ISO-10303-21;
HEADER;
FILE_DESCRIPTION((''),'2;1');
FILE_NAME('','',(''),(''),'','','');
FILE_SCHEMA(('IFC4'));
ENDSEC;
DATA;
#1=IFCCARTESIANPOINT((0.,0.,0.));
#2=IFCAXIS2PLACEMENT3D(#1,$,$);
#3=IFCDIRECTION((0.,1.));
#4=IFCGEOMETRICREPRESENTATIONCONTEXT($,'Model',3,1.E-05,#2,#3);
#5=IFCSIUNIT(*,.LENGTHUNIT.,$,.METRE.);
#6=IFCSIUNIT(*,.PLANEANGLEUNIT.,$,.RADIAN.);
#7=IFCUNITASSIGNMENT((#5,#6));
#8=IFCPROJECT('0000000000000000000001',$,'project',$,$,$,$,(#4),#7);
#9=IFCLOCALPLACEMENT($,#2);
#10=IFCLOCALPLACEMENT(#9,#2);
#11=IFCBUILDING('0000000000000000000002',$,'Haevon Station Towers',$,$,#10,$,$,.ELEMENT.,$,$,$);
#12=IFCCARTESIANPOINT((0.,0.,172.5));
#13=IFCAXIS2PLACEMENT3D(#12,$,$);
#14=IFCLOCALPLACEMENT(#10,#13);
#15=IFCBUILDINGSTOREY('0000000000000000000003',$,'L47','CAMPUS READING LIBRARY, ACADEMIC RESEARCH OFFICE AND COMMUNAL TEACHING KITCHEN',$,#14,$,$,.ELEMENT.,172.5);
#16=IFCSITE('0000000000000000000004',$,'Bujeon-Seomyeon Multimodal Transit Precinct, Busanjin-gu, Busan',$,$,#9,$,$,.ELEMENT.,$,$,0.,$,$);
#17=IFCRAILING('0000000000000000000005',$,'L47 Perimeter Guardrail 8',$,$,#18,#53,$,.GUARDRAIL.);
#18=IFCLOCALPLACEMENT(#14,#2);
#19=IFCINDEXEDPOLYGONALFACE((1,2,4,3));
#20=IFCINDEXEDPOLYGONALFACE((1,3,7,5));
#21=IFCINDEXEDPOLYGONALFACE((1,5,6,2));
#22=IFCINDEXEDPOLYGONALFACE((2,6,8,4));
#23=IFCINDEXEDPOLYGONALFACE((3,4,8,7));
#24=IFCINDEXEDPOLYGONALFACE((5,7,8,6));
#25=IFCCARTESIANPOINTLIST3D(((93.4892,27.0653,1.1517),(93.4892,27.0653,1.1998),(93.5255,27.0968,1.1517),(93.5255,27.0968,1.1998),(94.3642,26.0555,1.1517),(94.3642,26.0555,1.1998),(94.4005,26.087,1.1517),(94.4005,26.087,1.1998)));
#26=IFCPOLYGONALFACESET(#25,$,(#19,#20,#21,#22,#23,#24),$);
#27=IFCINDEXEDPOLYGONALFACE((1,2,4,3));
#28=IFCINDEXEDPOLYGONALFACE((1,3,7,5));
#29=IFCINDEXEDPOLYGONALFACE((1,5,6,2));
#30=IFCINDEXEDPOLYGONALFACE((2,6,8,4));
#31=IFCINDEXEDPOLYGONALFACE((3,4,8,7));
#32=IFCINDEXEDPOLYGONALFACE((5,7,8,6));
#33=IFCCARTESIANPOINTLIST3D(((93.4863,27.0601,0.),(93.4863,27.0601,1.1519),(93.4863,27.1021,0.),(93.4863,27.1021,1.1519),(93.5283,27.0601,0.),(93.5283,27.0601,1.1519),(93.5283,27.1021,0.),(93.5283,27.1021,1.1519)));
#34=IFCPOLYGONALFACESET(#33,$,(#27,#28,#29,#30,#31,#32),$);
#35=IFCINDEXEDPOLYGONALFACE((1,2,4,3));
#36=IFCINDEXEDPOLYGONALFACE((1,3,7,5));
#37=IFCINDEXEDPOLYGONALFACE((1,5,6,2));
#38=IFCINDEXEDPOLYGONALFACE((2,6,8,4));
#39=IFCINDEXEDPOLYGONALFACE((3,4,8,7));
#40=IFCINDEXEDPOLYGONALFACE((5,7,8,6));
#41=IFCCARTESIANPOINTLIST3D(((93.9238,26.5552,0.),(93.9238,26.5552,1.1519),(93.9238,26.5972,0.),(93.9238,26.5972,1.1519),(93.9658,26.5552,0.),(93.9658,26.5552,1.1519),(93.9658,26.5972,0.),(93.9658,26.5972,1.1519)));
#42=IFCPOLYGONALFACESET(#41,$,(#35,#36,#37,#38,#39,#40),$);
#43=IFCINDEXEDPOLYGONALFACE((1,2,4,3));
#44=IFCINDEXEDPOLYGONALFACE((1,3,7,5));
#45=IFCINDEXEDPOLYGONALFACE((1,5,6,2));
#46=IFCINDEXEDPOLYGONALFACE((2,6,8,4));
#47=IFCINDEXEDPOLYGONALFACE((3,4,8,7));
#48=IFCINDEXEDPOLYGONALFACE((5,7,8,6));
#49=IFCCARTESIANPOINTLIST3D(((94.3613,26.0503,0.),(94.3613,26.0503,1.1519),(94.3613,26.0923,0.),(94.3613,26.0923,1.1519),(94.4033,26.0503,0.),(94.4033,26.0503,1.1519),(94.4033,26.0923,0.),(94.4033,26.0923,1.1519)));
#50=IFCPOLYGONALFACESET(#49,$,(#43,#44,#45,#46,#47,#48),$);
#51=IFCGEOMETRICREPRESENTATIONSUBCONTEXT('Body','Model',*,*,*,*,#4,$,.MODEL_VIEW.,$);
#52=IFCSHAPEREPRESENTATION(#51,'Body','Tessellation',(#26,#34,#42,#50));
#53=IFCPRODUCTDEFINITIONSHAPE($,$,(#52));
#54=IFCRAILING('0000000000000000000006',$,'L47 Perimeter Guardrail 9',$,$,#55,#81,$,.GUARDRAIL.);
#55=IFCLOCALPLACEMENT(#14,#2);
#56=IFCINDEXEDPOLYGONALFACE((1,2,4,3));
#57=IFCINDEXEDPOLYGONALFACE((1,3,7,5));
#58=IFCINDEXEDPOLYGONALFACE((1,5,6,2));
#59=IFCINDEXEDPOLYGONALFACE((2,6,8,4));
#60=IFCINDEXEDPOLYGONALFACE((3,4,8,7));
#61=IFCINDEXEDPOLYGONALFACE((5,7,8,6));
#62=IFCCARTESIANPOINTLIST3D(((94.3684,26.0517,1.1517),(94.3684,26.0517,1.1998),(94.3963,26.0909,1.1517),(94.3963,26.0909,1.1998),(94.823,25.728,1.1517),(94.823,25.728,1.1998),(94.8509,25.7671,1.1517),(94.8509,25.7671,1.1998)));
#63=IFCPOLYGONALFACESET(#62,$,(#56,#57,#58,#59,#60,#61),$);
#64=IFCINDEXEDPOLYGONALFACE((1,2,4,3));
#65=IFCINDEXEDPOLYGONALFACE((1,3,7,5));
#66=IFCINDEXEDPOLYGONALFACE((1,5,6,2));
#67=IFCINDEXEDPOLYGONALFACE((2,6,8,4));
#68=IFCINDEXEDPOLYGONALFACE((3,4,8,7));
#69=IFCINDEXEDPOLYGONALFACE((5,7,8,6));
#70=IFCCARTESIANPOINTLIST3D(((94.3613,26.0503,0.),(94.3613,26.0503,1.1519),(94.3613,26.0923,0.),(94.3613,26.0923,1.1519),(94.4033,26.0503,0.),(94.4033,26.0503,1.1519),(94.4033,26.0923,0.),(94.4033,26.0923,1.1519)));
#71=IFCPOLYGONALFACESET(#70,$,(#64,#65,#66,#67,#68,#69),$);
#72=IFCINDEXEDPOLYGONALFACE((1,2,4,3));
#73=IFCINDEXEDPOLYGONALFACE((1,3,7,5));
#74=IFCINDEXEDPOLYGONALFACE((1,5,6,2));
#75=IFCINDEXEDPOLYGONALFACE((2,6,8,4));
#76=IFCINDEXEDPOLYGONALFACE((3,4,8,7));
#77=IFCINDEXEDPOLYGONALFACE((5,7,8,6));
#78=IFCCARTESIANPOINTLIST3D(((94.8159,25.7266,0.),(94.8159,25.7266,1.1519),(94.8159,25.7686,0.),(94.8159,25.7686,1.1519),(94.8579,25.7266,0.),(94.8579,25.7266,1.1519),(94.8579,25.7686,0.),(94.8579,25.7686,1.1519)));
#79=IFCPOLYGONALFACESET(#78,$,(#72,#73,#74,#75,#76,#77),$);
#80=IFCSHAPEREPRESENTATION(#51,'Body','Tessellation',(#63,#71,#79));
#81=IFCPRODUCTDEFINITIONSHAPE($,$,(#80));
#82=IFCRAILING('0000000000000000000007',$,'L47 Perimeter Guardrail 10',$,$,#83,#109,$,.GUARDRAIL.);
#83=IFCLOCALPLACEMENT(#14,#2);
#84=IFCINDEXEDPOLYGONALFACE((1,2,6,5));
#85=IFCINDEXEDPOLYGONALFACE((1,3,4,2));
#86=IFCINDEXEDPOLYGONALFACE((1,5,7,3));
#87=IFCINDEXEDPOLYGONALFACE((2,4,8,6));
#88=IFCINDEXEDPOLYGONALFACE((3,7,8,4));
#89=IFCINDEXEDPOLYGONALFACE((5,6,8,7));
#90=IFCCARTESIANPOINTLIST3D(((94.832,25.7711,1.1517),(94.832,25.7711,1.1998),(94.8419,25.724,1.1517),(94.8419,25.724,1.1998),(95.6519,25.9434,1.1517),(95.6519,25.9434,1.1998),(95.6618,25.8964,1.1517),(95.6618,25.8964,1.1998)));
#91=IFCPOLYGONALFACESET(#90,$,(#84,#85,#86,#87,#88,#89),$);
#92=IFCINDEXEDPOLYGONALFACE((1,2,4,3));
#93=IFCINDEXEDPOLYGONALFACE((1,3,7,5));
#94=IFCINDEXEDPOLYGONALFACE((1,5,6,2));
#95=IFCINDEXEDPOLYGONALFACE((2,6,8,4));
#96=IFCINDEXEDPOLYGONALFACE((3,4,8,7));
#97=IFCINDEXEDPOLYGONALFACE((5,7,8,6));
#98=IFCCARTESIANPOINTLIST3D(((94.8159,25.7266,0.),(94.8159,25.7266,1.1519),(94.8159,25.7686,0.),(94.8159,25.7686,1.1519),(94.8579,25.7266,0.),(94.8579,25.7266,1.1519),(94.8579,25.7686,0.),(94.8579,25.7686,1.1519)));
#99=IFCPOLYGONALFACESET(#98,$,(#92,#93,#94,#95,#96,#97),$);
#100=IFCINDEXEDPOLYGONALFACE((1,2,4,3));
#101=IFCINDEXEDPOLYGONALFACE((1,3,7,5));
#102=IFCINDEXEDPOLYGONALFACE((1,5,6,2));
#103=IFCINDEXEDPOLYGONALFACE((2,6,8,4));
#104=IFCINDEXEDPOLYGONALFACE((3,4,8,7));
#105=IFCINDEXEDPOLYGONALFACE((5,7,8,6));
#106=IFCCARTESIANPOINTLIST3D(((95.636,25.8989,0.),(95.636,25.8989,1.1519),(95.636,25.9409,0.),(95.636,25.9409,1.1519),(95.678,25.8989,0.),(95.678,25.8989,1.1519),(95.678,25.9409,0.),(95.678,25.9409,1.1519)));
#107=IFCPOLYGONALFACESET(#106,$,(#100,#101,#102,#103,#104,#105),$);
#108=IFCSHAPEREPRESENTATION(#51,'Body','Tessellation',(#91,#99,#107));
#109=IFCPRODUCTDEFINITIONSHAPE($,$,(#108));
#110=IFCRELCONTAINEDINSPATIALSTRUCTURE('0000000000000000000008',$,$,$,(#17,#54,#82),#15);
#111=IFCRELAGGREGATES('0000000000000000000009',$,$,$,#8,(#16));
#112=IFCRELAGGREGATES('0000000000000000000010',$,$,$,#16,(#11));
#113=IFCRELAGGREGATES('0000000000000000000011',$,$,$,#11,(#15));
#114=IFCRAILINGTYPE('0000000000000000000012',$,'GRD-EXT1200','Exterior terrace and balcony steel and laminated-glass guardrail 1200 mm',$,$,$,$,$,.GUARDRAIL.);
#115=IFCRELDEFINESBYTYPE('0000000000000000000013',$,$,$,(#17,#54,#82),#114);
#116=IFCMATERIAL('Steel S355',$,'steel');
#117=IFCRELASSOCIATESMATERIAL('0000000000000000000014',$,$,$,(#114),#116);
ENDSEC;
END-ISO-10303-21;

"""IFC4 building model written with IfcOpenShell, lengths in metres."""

from ifc_helpers import new_model, si_unit, direction, frame, origin, origin_2d, place, context, subcontext, project, spatial, rectangle, extrude, material, type_object, element, save


model = new_model("IFC4")

# Units and contexts
model_context = context("Model", 3, precision=1e-05, world=origin(), true_north=direction((0.0, 1.0)))
body_context = subcontext(model_context, "Body", "Model", "MODEL_VIEW")
ifc_project = project(units=[si_unit("LENGTHUNIT", "METRE"), si_unit("PLANEANGLEUNIT", "RADIAN")], contexts=[model_context])

# Site, building, storey
site_placement = place(None, origin())
site = spatial("IfcSite", under=ifc_project, at=site_placement, Name="Bujeon-Seomyeon Multimodal Transit Precinct, Busanjin-gu, Busan", CompositionType="ELEMENT", RefElevation=0.0)
building_placement = place(site_placement, origin())
building = spatial("IfcBuilding", under=site, at=building_placement, Name="Haevon Station Towers", CompositionType="ELEMENT")
storey_placement = place(building_placement, frame((0.0, 0.0, 172.5)))
storey = spatial("IfcBuildingStorey", under=building, at=storey_placement, Name="L47", Description="CAMPUS READING LIBRARY, ACADEMIC RESEARCH OFFICE AND COMMUNAL TEACHING KITCHEN", CompositionType="ELEMENT", Elevation=172.5)

# Shared definitions
ifc_material_1 = material(Name="Steel S355", Category="steel")

# Railings
railing_type = type_object("IfcRailingType", Name="GRD-EXT1200", Description="Exterior terrace and balcony steel and laminated-glass guardrail 1200 mm", PredefinedType="GUARDRAIL", material=ifc_material_1)
railing_1_placement = place(storey_placement, frame((93.5073, 27.0811, 0.0)))
element("IfcRailing", 1, at=railing_1_placement, inside=storey, type_object=railing_type, Name="L47 Perimeter Guardrail 8", PredefinedType="GUARDRAIL", context=body_context, shape_type="SweptSolid", body=[
    extrude(rectangle(XDim=0.0481, YDim=0.0481, at=origin_2d()), frame((0.0, 0.0, 1.1758), z_axis=(0.654875, -0.755737, 0.0), x_axis=(0.755737, 0.654875, 0.0)), (0.0, 0.0, 1.0), 1.3362),
    extrude(rectangle(XDim=0.042, YDim=0.042, at=origin_2d()), origin(), (0.0, 0.0, 1.0), 1.1519),
    extrude(rectangle(XDim=0.042, YDim=0.042, at=origin_2d()), frame((0.4375, -0.5049, 0.0)), (0.0, 0.0, 1.0), 1.1519),
    extrude(rectangle(XDim=0.042, YDim=0.042, at=origin_2d()), frame((0.875, -1.0098, 0.0)), (0.0, 0.0, 1.0), 1.1519),
])
railing_2_placement = place(storey_placement, frame((94.3823, 26.0713, 0.0)))
element("IfcRailing", 2, at=railing_2_placement, inside=storey, type_object=railing_type, Name="L47 Perimeter Guardrail 9", PredefinedType="GUARDRAIL", context=body_context, shape_type="SweptSolid", body=[
    extrude(rectangle(XDim=0.0481, YDim=0.0481, at=origin_2d()), frame((0.0, 0.0, 1.1758), z_axis=(0.81456, -0.580079, 0.0), x_axis=(0.580079, 0.81456, 0.0)), (0.0, 0.0, 1.0), 0.5581),
    extrude(rectangle(XDim=0.042, YDim=0.042, at=origin_2d()), origin(), (0.0, 0.0, 1.0), 1.1519),
    extrude(rectangle(XDim=0.042, YDim=0.042, at=origin_2d()), frame((0.4546, -0.3237, 0.0)), (0.0, 0.0, 1.0), 1.1519),
])
railing_3_placement = place(storey_placement, frame((94.8369, 25.7476, 0.0)))
element("IfcRailing", 3, at=railing_3_placement, inside=storey, type_object=railing_type, Name="L47 Perimeter Guardrail 10", PredefinedType="GUARDRAIL", context=body_context, shape_type="SweptSolid", body=[
    extrude(rectangle(XDim=0.0481, YDim=0.0481, at=origin_2d()), frame((0.0, 0.0, 1.1758), z_axis=(0.978618, 0.205687, 0.0), x_axis=(-0.205687, 0.978618, 0.0)), (0.0, 0.0, 1.0), 0.8379),
    extrude(rectangle(XDim=0.042, YDim=0.042, at=origin_2d()), origin(), (0.0, 0.0, 1.0), 1.1519),
    extrude(rectangle(XDim=0.042, YDim=0.042, at=origin_2d()), frame((0.8201, 0.1724, 0.0)), (0.0, 0.0, 1.0), 1.1519),
])

save(model, "model.ifc")
